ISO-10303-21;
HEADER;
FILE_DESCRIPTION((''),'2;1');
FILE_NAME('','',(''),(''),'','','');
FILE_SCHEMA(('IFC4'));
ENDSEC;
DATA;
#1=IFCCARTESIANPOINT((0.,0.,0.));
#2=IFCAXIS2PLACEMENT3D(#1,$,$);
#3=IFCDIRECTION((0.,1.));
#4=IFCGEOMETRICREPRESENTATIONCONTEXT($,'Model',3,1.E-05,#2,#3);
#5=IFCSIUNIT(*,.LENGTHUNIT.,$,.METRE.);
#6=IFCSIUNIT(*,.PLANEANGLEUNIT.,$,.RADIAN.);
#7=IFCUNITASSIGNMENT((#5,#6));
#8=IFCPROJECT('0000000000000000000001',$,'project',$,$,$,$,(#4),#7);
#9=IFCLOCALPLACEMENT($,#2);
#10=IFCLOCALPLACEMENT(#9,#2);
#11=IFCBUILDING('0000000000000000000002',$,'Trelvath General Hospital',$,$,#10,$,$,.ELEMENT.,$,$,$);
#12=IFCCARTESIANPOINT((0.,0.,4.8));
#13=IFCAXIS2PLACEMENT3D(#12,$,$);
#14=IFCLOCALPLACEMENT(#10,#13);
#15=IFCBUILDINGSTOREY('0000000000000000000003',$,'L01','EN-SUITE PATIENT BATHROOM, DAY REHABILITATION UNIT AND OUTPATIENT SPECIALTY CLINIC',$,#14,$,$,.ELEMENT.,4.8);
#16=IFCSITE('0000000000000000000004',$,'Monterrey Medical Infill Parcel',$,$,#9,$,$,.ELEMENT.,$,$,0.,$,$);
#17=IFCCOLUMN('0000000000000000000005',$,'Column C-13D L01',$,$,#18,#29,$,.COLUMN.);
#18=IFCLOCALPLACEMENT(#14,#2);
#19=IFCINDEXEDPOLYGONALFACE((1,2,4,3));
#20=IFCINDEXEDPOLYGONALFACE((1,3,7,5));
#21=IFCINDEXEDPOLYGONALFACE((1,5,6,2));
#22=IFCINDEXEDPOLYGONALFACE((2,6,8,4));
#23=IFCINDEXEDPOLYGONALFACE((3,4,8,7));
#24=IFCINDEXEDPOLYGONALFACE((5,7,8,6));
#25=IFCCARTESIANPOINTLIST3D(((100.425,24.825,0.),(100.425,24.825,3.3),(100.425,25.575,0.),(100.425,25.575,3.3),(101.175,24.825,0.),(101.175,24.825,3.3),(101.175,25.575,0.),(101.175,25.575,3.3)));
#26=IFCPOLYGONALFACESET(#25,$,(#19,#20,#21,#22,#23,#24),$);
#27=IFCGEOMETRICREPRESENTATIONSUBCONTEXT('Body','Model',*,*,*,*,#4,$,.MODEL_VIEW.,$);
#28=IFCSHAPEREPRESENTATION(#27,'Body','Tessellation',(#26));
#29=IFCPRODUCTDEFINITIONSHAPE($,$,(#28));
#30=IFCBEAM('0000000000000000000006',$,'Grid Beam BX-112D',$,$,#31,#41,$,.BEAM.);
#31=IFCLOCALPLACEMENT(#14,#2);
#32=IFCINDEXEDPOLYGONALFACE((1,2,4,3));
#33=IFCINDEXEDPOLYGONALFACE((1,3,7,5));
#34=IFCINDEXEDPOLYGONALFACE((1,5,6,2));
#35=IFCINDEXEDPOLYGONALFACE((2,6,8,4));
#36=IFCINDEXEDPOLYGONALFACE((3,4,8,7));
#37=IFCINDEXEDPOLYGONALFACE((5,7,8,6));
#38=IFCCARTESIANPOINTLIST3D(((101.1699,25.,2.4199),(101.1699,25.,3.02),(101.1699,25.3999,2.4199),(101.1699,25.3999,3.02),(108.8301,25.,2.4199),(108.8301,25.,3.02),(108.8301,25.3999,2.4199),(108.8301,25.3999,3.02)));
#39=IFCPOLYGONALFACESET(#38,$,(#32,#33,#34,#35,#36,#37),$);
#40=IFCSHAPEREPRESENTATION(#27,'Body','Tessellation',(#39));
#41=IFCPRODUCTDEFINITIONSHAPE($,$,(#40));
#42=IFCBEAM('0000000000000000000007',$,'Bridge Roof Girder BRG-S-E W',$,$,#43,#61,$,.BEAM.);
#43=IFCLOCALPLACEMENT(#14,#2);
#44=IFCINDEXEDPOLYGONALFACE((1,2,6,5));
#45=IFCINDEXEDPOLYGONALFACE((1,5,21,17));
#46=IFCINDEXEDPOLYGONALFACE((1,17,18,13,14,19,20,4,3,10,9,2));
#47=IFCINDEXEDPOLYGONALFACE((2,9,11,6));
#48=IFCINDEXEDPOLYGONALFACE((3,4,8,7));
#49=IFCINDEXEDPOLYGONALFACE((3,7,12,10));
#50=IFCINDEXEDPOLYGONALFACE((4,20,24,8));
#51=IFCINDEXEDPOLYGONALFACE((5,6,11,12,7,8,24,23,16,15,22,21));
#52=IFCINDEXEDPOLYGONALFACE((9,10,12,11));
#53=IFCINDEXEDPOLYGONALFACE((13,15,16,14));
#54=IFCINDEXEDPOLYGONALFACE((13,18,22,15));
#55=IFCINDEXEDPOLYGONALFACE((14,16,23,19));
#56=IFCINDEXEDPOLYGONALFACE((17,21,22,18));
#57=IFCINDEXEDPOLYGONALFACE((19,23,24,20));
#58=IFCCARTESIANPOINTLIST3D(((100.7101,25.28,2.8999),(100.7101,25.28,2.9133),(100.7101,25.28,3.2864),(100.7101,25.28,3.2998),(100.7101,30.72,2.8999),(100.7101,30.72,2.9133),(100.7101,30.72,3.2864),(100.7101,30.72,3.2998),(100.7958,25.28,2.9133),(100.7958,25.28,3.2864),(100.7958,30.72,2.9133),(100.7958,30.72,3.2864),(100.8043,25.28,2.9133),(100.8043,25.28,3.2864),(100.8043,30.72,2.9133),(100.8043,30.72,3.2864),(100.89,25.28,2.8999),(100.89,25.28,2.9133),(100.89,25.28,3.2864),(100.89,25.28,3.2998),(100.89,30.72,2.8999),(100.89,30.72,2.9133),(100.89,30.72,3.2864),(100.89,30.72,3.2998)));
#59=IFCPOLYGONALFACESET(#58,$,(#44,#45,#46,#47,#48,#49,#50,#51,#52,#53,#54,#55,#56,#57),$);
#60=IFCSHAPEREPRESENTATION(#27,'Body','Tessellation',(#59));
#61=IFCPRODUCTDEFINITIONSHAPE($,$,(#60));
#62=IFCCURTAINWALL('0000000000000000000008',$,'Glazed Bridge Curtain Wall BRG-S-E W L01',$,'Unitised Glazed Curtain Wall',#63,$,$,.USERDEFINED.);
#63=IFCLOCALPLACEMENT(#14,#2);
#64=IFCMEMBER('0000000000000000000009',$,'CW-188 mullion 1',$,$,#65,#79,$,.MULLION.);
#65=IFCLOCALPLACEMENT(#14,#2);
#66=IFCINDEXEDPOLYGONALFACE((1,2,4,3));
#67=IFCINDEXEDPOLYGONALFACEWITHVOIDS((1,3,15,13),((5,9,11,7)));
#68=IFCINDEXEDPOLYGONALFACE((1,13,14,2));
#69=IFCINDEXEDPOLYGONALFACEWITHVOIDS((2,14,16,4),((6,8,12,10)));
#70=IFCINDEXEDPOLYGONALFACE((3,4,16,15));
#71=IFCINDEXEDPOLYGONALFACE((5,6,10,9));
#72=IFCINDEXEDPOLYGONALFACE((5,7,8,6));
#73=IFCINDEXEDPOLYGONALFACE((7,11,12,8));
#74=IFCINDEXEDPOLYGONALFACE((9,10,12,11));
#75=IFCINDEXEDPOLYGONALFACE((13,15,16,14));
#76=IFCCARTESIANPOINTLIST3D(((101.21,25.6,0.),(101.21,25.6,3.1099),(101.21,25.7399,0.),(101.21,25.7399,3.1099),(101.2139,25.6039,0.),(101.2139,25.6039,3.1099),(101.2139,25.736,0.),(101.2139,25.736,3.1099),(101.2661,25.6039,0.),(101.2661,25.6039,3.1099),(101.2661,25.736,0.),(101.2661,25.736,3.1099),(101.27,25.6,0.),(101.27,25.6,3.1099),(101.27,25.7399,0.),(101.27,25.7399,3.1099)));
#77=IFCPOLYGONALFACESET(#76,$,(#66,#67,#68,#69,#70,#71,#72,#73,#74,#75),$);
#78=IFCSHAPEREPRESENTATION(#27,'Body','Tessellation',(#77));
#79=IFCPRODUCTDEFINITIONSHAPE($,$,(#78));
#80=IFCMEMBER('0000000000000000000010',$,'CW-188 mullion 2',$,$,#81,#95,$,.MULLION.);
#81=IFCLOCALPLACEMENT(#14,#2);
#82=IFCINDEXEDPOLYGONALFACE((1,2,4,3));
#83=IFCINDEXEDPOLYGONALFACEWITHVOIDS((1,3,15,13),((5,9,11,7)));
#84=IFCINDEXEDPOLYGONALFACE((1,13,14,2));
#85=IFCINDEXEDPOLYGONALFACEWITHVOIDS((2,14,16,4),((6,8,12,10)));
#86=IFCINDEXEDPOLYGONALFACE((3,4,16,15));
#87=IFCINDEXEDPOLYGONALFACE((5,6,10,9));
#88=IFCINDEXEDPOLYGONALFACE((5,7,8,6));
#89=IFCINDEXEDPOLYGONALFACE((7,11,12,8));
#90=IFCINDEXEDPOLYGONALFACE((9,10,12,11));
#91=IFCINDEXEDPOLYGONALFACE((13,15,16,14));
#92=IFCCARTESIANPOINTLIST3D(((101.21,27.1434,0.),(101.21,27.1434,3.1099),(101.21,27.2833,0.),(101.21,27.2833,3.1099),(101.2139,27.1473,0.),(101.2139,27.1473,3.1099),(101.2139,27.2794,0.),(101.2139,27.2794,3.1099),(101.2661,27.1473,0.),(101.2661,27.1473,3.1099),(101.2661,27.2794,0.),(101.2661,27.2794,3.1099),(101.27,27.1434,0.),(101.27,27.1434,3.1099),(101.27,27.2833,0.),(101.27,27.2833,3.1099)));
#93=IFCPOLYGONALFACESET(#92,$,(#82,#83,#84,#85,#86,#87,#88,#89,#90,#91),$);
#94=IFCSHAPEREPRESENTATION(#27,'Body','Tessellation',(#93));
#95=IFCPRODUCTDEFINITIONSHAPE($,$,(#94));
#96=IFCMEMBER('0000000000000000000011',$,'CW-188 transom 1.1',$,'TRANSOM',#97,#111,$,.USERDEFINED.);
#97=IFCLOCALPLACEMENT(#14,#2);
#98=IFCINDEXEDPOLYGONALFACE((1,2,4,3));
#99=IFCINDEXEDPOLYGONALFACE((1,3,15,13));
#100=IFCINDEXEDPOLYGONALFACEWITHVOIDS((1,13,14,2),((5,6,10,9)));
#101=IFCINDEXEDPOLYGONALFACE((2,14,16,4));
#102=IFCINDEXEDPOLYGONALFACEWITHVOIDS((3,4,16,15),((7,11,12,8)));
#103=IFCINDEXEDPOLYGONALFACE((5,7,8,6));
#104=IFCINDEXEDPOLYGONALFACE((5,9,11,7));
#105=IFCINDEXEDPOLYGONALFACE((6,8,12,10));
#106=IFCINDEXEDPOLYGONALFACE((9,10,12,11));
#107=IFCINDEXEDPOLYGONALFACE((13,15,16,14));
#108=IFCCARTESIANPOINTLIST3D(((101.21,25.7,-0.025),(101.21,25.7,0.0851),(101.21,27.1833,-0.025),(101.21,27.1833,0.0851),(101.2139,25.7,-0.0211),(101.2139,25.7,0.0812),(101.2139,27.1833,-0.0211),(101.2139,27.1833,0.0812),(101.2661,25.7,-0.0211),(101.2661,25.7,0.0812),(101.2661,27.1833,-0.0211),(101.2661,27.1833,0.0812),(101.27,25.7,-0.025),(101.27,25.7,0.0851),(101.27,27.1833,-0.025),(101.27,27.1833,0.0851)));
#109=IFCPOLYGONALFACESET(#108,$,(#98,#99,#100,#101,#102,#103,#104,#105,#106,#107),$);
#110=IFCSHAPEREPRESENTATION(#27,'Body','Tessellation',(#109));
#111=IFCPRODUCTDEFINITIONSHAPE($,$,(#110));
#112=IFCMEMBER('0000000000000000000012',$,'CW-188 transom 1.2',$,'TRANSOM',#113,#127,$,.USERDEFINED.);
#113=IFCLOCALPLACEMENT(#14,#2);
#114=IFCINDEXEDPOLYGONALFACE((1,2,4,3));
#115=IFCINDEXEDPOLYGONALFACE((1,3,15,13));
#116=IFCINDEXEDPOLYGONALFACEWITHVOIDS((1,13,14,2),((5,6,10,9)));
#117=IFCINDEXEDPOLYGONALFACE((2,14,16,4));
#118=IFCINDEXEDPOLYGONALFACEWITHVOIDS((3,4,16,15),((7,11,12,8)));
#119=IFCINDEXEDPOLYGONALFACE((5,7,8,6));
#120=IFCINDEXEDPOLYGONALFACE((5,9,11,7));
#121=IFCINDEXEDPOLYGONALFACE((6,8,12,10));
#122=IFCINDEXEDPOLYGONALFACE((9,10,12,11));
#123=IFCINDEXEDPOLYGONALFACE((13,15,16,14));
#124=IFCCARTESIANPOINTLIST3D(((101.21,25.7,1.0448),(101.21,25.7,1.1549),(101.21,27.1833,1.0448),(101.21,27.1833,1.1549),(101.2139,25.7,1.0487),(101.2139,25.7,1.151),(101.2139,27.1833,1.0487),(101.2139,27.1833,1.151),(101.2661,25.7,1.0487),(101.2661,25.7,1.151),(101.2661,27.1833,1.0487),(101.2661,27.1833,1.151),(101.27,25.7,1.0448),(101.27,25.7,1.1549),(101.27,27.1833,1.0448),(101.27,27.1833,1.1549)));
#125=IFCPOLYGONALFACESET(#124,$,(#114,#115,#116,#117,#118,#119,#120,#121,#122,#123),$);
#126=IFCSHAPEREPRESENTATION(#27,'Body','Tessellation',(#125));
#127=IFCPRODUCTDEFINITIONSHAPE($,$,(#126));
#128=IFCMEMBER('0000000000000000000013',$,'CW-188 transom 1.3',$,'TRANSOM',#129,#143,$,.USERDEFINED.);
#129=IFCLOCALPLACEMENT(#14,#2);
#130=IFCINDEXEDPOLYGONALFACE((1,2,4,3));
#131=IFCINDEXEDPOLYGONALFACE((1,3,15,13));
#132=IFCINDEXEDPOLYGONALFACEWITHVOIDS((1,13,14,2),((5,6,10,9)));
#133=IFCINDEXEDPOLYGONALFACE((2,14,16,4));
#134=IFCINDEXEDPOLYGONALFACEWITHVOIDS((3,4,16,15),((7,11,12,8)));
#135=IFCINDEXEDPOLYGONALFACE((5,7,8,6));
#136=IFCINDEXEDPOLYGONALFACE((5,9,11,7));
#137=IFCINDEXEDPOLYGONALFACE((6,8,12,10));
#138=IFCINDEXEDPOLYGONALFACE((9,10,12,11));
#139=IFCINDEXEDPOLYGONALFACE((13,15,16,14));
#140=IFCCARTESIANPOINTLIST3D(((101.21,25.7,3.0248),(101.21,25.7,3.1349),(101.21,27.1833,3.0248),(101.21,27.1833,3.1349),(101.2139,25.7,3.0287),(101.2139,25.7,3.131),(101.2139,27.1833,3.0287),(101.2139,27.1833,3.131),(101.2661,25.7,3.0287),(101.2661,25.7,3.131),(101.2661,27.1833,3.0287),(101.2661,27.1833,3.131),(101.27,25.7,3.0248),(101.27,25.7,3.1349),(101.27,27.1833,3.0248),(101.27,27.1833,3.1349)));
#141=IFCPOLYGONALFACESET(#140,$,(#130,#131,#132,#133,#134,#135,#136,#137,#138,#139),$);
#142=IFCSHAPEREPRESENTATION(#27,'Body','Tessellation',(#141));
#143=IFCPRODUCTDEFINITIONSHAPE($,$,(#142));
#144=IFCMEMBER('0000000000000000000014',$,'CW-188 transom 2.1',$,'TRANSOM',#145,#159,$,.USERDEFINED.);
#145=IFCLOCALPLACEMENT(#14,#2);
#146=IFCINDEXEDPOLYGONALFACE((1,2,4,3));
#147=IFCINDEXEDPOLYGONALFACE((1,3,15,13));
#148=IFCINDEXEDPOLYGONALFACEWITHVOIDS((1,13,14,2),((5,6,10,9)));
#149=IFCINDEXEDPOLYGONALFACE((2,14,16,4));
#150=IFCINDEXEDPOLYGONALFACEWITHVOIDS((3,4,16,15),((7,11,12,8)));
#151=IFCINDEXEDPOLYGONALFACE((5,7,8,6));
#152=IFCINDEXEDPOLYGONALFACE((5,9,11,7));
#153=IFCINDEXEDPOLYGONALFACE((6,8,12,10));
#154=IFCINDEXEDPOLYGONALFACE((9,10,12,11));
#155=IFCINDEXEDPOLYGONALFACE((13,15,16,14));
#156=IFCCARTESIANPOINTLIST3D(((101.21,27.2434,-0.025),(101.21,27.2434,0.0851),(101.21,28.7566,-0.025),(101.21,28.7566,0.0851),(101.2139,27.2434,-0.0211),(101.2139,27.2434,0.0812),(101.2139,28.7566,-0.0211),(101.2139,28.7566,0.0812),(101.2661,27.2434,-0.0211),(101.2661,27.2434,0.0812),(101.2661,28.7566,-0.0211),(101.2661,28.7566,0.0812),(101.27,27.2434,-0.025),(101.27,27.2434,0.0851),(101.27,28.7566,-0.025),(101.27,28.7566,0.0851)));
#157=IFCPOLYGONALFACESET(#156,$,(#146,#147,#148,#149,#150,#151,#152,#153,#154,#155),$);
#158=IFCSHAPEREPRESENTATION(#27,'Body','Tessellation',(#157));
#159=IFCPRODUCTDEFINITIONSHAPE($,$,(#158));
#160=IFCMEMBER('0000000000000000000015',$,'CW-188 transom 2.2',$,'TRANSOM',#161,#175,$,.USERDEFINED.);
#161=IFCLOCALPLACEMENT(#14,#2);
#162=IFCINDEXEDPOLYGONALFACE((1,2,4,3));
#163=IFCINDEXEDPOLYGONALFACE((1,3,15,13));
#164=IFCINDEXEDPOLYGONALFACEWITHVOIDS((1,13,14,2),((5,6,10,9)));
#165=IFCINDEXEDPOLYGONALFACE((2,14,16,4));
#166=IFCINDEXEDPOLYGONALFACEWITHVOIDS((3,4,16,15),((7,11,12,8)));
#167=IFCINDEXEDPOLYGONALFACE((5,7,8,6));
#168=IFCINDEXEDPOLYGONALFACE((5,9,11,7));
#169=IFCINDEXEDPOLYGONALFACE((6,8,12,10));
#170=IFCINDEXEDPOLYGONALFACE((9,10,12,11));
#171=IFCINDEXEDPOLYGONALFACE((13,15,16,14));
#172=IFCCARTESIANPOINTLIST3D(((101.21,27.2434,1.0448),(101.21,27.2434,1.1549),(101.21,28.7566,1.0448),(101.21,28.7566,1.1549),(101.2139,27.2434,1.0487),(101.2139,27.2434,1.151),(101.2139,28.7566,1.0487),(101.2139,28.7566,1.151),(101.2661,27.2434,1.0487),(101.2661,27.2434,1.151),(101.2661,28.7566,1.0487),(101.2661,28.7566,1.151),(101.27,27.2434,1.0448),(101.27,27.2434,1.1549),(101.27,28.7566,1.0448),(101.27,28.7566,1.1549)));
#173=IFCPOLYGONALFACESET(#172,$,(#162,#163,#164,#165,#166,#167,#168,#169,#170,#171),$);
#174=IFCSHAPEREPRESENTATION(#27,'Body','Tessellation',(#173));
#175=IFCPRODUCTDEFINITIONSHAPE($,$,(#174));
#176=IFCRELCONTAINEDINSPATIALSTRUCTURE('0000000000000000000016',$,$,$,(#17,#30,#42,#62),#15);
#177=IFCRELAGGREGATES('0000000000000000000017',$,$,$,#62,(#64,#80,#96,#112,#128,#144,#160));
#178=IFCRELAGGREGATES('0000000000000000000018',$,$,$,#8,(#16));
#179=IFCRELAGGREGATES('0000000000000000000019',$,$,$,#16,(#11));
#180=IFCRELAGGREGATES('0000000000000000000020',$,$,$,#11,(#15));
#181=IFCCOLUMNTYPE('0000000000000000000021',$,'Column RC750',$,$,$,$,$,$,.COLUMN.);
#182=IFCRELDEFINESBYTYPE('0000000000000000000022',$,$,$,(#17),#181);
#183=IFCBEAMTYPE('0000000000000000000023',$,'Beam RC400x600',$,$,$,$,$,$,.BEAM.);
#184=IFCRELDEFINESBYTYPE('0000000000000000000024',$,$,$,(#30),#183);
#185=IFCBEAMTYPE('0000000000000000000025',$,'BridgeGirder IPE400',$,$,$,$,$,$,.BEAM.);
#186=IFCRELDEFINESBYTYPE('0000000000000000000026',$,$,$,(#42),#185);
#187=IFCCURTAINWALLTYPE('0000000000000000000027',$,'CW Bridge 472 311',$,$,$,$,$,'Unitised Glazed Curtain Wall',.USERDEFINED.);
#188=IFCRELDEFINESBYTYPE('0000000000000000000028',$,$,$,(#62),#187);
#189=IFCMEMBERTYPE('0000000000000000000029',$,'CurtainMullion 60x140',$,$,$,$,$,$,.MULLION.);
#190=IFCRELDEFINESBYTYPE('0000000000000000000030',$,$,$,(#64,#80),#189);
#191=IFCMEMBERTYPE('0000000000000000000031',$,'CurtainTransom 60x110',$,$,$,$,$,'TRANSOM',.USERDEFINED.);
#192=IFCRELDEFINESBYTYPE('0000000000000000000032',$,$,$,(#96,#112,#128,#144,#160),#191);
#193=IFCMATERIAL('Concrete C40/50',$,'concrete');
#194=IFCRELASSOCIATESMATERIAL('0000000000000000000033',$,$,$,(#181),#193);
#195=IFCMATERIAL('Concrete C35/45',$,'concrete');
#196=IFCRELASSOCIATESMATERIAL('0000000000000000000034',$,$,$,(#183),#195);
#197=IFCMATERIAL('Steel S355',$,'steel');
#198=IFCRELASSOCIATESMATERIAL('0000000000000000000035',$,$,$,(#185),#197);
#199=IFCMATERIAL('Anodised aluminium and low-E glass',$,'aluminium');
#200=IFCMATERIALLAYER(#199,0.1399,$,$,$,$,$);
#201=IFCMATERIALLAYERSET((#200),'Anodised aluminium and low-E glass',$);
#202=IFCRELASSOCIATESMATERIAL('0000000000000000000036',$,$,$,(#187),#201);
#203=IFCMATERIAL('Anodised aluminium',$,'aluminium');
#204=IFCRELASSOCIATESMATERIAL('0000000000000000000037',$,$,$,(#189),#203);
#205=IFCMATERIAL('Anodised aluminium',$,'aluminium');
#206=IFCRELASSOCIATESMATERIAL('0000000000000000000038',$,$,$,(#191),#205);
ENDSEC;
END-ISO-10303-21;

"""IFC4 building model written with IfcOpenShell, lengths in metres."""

from ifc_helpers import new_model, si_unit, direction, frame, origin, origin_2d, place, context, subcontext, project, spatial, rectangle, hollow_rectangle, i_section, extrude, material, layer, layer_set, material_profile, profile_set, type_object, element, aggregate, save


model = new_model("IFC4")

# Units and contexts
model_context = context("Model", 3, precision=1e-05, world=origin(), true_north=direction((0.0, 1.0)))
body_context = subcontext(model_context, "Body", "Model", "MODEL_VIEW")
ifc_project = project(units=[si_unit("LENGTHUNIT", "METRE"), si_unit("PLANEANGLEUNIT", "RADIAN")], contexts=[model_context])

# Site, building, storey
site_placement = place(None, origin())
site = spatial("IfcSite", under=ifc_project, at=site_placement, Name="Monterrey Medical Infill Parcel", CompositionType="ELEMENT", RefElevation=0.0)
building_placement = place(site_placement, origin())
building = spatial("IfcBuilding", under=site, at=building_placement, Name="Trelvath General Hospital", CompositionType="ELEMENT")
storey_placement = place(building_placement, frame((0.0, 0.0, 4.8)))
storey = spatial("IfcBuildingStorey", under=building, at=storey_placement, Name="L01", Description="EN-SUITE PATIENT BATHROOM, DAY REHABILITATION UNIT AND OUTPATIENT SPECIALTY CLINIC", CompositionType="ELEMENT", Elevation=4.8)

# Column
ifc_material_1 = material(Name="Concrete C40/50", Category="concrete")
ifc_material_profile_1 = material_profile(ifc_material_1, rectangle(XDim=0.75, YDim=0.75, at=origin_2d()), Name="RC750x750")
ifc_profile_set_1 = profile_set([ifc_material_profile_1], Name="Concrete C40/50")
column_type = type_object("IfcColumnType", Name="Column RC750", PredefinedType="COLUMN", material=ifc_profile_set_1)
column_placement = place(storey_placement, frame((100.8, 25.2, 0.0), z_axis=(0.0, 0.0, 1.0), x_axis=(1.0, 0.0, 0.0)))
element("IfcColumn", 1, at=column_placement, inside=storey, type_object=column_type, Name="Column C-13D L01", PredefinedType="COLUMN", context=body_context, shape_type="SweptSolid", body=[
    extrude(rectangle(XDim=0.75, YDim=0.75, at=origin_2d()), origin(), (0.0, 0.0, 1.0), 3.3),
])

# Beams
ifc_material_2 = material(Name="Concrete C35/45", Category="concrete")
ifc_material_profile_2 = material_profile(ifc_material_2, rectangle(XDim=0.3999, YDim=0.6001, at=origin_2d()), Name="RCB400x600")
ifc_profile_set_2 = profile_set([ifc_material_profile_2], Name="Concrete C35/45")
beam_type_1 = type_object("IfcBeamType", Name="Beam RC400x600", PredefinedType="BEAM", material=ifc_profile_set_2)
beam_1_placement = place(storey_placement, frame((101.1699, 25.2, 2.72), z_axis=(1.0, 0.0, 0.0), x_axis=(0.0, 1.0, 0.0)))
element("IfcBeam", 2, at=beam_1_placement, inside=storey, type_object=beam_type_1, Name="Grid Beam BX-112D", PredefinedType="BEAM", context=body_context, shape_type="SweptSolid", body=[
    extrude(rectangle(XDim=0.3999, YDim=0.6001, at=origin_2d()), origin(), (0.0, 0.0, 1.0), 7.6602),
])
ifc_material_3 = material(Name="Steel S355", Category="steel")
ifc_material_profile_3 = material_profile(ifc_material_3, i_section(OverallWidth=0.1799, OverallDepth=0.3999, WebThickness=0.0085, FlangeThickness=0.0134, at=origin_2d()), Name="IPE400")
ifc_profile_set_3 = profile_set([ifc_material_profile_3], Name="Steel S355")
beam_type_2 = type_object("IfcBeamType", Name="BridgeGirder IPE400", PredefinedType="BEAM", material=ifc_profile_set_3)
beam_2_placement = place(storey_placement, frame((100.8, 25.28, 3.0999), z_axis=(0.0, 1.0, 0.0), x_axis=(-1.0, 0.0, 0.0)))
element("IfcBeam", 3, at=beam_2_placement, inside=storey, type_object=beam_type_2, Name="Bridge Roof Girder BRG-S-E W", PredefinedType="BEAM", context=body_context, shape_type="SweptSolid", body=[
    extrude(i_section(OverallWidth=0.1799, OverallDepth=0.3999, WebThickness=0.0085, FlangeThickness=0.0134, at=origin_2d()), origin(), (0.0, 0.0, 1.0), 5.4399),
])

# Curtain wall, members
ifc_material_4 = material(Name="Anodised aluminium and low-E glass", Category="aluminium")
ifc_layer_1 = layer(ifc_material_4, 0.1399)
ifc_layer_set_1 = layer_set([ifc_layer_1], Name="Anodised aluminium and low-E glass")
curtain_wall_type = type_object("IfcCurtainWallType", Name="CW Bridge 472 311", ElementType="Unitised Glazed Curtain Wall", PredefinedType="USERDEFINED", material=ifc_layer_set_1)
curtain_wall_placement = place(storey_placement, origin())
curtain_wall = element("IfcCurtainWall", 4, at=curtain_wall_placement, inside=storey, type_object=curtain_wall_type, Name="Glazed Bridge Curtain Wall BRG-S-E W L01", ObjectType="Unitised Glazed Curtain Wall", PredefinedType="USERDEFINED")
ifc_material_5 = material(Name="Anodised aluminium", Category="aluminium")
ifc_material_profile_4 = material_profile(ifc_material_5, hollow_rectangle(XDim=0.0601, YDim=0.1399, WallThickness=0.0039, at=origin_2d()), Name="RHS60x140x4")
ifc_profile_set_4 = profile_set([ifc_material_profile_4], Name="Anodised aluminium")
member_type_1 = type_object("IfcMemberType", Name="CurtainMullion 60x140", PredefinedType="MULLION", material=ifc_profile_set_4)
member_1_placement = place(storey_placement, frame((101.24, 25.6699, 0.0), z_axis=(0.0, 0.0, 1.0), x_axis=(-1.0, 0.0, 0.0)))
member_1 = element("IfcMember", 5, at=member_1_placement, type_object=member_type_1, Name="CW-188 mullion 1", PredefinedType="MULLION", context=body_context, shape_type="SweptSolid", body=[
    extrude(hollow_rectangle(XDim=0.0601, YDim=0.1399, WallThickness=0.0039, at=origin_2d()), origin(), (0.0, 0.0, 1.0), 3.1099),
])
member_2_placement = place(storey_placement, frame((101.24, 27.2134, 0.0), z_axis=(0.0, 0.0, 1.0), x_axis=(-1.0, 0.0, 0.0)))
member_2 = element("IfcMember", 6, at=member_2_placement, type_object=member_type_1, Name="CW-188 mullion 2", PredefinedType="MULLION", context=body_context, shape_type="SweptSolid", body=[
    extrude(hollow_rectangle(XDim=0.0601, YDim=0.1399, WallThickness=0.0039, at=origin_2d()), origin(), (0.0, 0.0, 1.0), 3.1099),
])
ifc_material_6 = material(Name="Anodised aluminium", Category="aluminium")
ifc_material_profile_5 = material_profile(ifc_material_6, hollow_rectangle(XDim=0.0601, YDim=0.1101, WallThickness=0.0039, at=origin_2d()), Name="RHS60x110x4")
ifc_profile_set_5 = profile_set([ifc_material_profile_5], Name="Anodised aluminium")
member_type_2 = type_object("IfcMemberType", Name="CurtainTransom 60x110", ElementType="TRANSOM", PredefinedType="USERDEFINED", material=ifc_profile_set_5)
member_3_placement = place(storey_placement, frame((101.24, 25.7, 0.03), z_axis=(0.0, 1.0, 0.0), x_axis=(-1.0, 0.0, 0.0)))
member_3 = element("IfcMember", 7, at=member_3_placement, type_object=member_type_2, Name="CW-188 transom 1.1", ObjectType="TRANSOM", PredefinedType="USERDEFINED", context=body_context, shape_type="SweptSolid", body=[
    extrude(hollow_rectangle(XDim=0.0601, YDim=0.1101, WallThickness=0.0039, at=origin_2d()), origin(), (0.0, 0.0, 1.0), 1.4834),
])
member_4_placement = place(storey_placement, frame((101.24, 25.7, 1.0999), z_axis=(0.0, 1.0, 0.0), x_axis=(-1.0, 0.0, 0.0)))
member_4 = element("IfcMember", 8, at=member_4_placement, type_object=member_type_2, Name="CW-188 transom 1.2", ObjectType="TRANSOM", PredefinedType="USERDEFINED", context=body_context, shape_type="SweptSolid", body=[
    extrude(hollow_rectangle(XDim=0.0601, YDim=0.1101, WallThickness=0.0039, at=origin_2d()), origin(), (0.0, 0.0, 1.0), 1.4834),
])
member_5_placement = place(storey_placement, frame((101.24, 25.7, 3.0798), z_axis=(0.0, 1.0, 0.0), x_axis=(-1.0, 0.0, 0.0)))
member_5 = element("IfcMember", 9, at=member_5_placement, type_object=member_type_2, Name="CW-188 transom 1.3", ObjectType="TRANSOM", PredefinedType="USERDEFINED", context=body_context, shape_type="SweptSolid", body=[
    extrude(hollow_rectangle(XDim=0.0601, YDim=0.1101, WallThickness=0.0039, at=origin_2d()), origin(), (0.0, 0.0, 1.0), 1.4834),
])
member_6_placement = place(storey_placement, frame((101.24, 27.2434, 0.03), z_axis=(0.0, 1.0, 0.0), x_axis=(-1.0, 0.0, 0.0)))
member_6 = element("IfcMember", 10, at=member_6_placement, type_object=member_type_2, Name="CW-188 transom 2.1", ObjectType="TRANSOM", PredefinedType="USERDEFINED", context=body_context, shape_type="SweptSolid", body=[
    extrude(hollow_rectangle(XDim=0.0601, YDim=0.1101, WallThickness=0.0039, at=origin_2d()), origin(), (0.0, 0.0, 1.0), 1.5132),
])
member_7_placement = place(storey_placement, frame((101.24, 27.2434, 1.0999), z_axis=(0.0, 1.0, 0.0), x_axis=(-1.0, 0.0, 0.0)))
member_7 = element("IfcMember", 11, at=member_7_placement, type_object=member_type_2, Name="CW-188 transom 2.2", ObjectType="TRANSOM", PredefinedType="USERDEFINED", context=body_context, shape_type="SweptSolid", body=[
    extrude(hollow_rectangle(XDim=0.0601, YDim=0.1101, WallThickness=0.0039, at=origin_2d()), origin(), (0.0, 0.0, 1.0), 1.5132),
])
aggregate(curtain_wall, [member_1, member_2, member_3, member_4, member_5, member_6, member_7])

save(model, "model.ifc")
